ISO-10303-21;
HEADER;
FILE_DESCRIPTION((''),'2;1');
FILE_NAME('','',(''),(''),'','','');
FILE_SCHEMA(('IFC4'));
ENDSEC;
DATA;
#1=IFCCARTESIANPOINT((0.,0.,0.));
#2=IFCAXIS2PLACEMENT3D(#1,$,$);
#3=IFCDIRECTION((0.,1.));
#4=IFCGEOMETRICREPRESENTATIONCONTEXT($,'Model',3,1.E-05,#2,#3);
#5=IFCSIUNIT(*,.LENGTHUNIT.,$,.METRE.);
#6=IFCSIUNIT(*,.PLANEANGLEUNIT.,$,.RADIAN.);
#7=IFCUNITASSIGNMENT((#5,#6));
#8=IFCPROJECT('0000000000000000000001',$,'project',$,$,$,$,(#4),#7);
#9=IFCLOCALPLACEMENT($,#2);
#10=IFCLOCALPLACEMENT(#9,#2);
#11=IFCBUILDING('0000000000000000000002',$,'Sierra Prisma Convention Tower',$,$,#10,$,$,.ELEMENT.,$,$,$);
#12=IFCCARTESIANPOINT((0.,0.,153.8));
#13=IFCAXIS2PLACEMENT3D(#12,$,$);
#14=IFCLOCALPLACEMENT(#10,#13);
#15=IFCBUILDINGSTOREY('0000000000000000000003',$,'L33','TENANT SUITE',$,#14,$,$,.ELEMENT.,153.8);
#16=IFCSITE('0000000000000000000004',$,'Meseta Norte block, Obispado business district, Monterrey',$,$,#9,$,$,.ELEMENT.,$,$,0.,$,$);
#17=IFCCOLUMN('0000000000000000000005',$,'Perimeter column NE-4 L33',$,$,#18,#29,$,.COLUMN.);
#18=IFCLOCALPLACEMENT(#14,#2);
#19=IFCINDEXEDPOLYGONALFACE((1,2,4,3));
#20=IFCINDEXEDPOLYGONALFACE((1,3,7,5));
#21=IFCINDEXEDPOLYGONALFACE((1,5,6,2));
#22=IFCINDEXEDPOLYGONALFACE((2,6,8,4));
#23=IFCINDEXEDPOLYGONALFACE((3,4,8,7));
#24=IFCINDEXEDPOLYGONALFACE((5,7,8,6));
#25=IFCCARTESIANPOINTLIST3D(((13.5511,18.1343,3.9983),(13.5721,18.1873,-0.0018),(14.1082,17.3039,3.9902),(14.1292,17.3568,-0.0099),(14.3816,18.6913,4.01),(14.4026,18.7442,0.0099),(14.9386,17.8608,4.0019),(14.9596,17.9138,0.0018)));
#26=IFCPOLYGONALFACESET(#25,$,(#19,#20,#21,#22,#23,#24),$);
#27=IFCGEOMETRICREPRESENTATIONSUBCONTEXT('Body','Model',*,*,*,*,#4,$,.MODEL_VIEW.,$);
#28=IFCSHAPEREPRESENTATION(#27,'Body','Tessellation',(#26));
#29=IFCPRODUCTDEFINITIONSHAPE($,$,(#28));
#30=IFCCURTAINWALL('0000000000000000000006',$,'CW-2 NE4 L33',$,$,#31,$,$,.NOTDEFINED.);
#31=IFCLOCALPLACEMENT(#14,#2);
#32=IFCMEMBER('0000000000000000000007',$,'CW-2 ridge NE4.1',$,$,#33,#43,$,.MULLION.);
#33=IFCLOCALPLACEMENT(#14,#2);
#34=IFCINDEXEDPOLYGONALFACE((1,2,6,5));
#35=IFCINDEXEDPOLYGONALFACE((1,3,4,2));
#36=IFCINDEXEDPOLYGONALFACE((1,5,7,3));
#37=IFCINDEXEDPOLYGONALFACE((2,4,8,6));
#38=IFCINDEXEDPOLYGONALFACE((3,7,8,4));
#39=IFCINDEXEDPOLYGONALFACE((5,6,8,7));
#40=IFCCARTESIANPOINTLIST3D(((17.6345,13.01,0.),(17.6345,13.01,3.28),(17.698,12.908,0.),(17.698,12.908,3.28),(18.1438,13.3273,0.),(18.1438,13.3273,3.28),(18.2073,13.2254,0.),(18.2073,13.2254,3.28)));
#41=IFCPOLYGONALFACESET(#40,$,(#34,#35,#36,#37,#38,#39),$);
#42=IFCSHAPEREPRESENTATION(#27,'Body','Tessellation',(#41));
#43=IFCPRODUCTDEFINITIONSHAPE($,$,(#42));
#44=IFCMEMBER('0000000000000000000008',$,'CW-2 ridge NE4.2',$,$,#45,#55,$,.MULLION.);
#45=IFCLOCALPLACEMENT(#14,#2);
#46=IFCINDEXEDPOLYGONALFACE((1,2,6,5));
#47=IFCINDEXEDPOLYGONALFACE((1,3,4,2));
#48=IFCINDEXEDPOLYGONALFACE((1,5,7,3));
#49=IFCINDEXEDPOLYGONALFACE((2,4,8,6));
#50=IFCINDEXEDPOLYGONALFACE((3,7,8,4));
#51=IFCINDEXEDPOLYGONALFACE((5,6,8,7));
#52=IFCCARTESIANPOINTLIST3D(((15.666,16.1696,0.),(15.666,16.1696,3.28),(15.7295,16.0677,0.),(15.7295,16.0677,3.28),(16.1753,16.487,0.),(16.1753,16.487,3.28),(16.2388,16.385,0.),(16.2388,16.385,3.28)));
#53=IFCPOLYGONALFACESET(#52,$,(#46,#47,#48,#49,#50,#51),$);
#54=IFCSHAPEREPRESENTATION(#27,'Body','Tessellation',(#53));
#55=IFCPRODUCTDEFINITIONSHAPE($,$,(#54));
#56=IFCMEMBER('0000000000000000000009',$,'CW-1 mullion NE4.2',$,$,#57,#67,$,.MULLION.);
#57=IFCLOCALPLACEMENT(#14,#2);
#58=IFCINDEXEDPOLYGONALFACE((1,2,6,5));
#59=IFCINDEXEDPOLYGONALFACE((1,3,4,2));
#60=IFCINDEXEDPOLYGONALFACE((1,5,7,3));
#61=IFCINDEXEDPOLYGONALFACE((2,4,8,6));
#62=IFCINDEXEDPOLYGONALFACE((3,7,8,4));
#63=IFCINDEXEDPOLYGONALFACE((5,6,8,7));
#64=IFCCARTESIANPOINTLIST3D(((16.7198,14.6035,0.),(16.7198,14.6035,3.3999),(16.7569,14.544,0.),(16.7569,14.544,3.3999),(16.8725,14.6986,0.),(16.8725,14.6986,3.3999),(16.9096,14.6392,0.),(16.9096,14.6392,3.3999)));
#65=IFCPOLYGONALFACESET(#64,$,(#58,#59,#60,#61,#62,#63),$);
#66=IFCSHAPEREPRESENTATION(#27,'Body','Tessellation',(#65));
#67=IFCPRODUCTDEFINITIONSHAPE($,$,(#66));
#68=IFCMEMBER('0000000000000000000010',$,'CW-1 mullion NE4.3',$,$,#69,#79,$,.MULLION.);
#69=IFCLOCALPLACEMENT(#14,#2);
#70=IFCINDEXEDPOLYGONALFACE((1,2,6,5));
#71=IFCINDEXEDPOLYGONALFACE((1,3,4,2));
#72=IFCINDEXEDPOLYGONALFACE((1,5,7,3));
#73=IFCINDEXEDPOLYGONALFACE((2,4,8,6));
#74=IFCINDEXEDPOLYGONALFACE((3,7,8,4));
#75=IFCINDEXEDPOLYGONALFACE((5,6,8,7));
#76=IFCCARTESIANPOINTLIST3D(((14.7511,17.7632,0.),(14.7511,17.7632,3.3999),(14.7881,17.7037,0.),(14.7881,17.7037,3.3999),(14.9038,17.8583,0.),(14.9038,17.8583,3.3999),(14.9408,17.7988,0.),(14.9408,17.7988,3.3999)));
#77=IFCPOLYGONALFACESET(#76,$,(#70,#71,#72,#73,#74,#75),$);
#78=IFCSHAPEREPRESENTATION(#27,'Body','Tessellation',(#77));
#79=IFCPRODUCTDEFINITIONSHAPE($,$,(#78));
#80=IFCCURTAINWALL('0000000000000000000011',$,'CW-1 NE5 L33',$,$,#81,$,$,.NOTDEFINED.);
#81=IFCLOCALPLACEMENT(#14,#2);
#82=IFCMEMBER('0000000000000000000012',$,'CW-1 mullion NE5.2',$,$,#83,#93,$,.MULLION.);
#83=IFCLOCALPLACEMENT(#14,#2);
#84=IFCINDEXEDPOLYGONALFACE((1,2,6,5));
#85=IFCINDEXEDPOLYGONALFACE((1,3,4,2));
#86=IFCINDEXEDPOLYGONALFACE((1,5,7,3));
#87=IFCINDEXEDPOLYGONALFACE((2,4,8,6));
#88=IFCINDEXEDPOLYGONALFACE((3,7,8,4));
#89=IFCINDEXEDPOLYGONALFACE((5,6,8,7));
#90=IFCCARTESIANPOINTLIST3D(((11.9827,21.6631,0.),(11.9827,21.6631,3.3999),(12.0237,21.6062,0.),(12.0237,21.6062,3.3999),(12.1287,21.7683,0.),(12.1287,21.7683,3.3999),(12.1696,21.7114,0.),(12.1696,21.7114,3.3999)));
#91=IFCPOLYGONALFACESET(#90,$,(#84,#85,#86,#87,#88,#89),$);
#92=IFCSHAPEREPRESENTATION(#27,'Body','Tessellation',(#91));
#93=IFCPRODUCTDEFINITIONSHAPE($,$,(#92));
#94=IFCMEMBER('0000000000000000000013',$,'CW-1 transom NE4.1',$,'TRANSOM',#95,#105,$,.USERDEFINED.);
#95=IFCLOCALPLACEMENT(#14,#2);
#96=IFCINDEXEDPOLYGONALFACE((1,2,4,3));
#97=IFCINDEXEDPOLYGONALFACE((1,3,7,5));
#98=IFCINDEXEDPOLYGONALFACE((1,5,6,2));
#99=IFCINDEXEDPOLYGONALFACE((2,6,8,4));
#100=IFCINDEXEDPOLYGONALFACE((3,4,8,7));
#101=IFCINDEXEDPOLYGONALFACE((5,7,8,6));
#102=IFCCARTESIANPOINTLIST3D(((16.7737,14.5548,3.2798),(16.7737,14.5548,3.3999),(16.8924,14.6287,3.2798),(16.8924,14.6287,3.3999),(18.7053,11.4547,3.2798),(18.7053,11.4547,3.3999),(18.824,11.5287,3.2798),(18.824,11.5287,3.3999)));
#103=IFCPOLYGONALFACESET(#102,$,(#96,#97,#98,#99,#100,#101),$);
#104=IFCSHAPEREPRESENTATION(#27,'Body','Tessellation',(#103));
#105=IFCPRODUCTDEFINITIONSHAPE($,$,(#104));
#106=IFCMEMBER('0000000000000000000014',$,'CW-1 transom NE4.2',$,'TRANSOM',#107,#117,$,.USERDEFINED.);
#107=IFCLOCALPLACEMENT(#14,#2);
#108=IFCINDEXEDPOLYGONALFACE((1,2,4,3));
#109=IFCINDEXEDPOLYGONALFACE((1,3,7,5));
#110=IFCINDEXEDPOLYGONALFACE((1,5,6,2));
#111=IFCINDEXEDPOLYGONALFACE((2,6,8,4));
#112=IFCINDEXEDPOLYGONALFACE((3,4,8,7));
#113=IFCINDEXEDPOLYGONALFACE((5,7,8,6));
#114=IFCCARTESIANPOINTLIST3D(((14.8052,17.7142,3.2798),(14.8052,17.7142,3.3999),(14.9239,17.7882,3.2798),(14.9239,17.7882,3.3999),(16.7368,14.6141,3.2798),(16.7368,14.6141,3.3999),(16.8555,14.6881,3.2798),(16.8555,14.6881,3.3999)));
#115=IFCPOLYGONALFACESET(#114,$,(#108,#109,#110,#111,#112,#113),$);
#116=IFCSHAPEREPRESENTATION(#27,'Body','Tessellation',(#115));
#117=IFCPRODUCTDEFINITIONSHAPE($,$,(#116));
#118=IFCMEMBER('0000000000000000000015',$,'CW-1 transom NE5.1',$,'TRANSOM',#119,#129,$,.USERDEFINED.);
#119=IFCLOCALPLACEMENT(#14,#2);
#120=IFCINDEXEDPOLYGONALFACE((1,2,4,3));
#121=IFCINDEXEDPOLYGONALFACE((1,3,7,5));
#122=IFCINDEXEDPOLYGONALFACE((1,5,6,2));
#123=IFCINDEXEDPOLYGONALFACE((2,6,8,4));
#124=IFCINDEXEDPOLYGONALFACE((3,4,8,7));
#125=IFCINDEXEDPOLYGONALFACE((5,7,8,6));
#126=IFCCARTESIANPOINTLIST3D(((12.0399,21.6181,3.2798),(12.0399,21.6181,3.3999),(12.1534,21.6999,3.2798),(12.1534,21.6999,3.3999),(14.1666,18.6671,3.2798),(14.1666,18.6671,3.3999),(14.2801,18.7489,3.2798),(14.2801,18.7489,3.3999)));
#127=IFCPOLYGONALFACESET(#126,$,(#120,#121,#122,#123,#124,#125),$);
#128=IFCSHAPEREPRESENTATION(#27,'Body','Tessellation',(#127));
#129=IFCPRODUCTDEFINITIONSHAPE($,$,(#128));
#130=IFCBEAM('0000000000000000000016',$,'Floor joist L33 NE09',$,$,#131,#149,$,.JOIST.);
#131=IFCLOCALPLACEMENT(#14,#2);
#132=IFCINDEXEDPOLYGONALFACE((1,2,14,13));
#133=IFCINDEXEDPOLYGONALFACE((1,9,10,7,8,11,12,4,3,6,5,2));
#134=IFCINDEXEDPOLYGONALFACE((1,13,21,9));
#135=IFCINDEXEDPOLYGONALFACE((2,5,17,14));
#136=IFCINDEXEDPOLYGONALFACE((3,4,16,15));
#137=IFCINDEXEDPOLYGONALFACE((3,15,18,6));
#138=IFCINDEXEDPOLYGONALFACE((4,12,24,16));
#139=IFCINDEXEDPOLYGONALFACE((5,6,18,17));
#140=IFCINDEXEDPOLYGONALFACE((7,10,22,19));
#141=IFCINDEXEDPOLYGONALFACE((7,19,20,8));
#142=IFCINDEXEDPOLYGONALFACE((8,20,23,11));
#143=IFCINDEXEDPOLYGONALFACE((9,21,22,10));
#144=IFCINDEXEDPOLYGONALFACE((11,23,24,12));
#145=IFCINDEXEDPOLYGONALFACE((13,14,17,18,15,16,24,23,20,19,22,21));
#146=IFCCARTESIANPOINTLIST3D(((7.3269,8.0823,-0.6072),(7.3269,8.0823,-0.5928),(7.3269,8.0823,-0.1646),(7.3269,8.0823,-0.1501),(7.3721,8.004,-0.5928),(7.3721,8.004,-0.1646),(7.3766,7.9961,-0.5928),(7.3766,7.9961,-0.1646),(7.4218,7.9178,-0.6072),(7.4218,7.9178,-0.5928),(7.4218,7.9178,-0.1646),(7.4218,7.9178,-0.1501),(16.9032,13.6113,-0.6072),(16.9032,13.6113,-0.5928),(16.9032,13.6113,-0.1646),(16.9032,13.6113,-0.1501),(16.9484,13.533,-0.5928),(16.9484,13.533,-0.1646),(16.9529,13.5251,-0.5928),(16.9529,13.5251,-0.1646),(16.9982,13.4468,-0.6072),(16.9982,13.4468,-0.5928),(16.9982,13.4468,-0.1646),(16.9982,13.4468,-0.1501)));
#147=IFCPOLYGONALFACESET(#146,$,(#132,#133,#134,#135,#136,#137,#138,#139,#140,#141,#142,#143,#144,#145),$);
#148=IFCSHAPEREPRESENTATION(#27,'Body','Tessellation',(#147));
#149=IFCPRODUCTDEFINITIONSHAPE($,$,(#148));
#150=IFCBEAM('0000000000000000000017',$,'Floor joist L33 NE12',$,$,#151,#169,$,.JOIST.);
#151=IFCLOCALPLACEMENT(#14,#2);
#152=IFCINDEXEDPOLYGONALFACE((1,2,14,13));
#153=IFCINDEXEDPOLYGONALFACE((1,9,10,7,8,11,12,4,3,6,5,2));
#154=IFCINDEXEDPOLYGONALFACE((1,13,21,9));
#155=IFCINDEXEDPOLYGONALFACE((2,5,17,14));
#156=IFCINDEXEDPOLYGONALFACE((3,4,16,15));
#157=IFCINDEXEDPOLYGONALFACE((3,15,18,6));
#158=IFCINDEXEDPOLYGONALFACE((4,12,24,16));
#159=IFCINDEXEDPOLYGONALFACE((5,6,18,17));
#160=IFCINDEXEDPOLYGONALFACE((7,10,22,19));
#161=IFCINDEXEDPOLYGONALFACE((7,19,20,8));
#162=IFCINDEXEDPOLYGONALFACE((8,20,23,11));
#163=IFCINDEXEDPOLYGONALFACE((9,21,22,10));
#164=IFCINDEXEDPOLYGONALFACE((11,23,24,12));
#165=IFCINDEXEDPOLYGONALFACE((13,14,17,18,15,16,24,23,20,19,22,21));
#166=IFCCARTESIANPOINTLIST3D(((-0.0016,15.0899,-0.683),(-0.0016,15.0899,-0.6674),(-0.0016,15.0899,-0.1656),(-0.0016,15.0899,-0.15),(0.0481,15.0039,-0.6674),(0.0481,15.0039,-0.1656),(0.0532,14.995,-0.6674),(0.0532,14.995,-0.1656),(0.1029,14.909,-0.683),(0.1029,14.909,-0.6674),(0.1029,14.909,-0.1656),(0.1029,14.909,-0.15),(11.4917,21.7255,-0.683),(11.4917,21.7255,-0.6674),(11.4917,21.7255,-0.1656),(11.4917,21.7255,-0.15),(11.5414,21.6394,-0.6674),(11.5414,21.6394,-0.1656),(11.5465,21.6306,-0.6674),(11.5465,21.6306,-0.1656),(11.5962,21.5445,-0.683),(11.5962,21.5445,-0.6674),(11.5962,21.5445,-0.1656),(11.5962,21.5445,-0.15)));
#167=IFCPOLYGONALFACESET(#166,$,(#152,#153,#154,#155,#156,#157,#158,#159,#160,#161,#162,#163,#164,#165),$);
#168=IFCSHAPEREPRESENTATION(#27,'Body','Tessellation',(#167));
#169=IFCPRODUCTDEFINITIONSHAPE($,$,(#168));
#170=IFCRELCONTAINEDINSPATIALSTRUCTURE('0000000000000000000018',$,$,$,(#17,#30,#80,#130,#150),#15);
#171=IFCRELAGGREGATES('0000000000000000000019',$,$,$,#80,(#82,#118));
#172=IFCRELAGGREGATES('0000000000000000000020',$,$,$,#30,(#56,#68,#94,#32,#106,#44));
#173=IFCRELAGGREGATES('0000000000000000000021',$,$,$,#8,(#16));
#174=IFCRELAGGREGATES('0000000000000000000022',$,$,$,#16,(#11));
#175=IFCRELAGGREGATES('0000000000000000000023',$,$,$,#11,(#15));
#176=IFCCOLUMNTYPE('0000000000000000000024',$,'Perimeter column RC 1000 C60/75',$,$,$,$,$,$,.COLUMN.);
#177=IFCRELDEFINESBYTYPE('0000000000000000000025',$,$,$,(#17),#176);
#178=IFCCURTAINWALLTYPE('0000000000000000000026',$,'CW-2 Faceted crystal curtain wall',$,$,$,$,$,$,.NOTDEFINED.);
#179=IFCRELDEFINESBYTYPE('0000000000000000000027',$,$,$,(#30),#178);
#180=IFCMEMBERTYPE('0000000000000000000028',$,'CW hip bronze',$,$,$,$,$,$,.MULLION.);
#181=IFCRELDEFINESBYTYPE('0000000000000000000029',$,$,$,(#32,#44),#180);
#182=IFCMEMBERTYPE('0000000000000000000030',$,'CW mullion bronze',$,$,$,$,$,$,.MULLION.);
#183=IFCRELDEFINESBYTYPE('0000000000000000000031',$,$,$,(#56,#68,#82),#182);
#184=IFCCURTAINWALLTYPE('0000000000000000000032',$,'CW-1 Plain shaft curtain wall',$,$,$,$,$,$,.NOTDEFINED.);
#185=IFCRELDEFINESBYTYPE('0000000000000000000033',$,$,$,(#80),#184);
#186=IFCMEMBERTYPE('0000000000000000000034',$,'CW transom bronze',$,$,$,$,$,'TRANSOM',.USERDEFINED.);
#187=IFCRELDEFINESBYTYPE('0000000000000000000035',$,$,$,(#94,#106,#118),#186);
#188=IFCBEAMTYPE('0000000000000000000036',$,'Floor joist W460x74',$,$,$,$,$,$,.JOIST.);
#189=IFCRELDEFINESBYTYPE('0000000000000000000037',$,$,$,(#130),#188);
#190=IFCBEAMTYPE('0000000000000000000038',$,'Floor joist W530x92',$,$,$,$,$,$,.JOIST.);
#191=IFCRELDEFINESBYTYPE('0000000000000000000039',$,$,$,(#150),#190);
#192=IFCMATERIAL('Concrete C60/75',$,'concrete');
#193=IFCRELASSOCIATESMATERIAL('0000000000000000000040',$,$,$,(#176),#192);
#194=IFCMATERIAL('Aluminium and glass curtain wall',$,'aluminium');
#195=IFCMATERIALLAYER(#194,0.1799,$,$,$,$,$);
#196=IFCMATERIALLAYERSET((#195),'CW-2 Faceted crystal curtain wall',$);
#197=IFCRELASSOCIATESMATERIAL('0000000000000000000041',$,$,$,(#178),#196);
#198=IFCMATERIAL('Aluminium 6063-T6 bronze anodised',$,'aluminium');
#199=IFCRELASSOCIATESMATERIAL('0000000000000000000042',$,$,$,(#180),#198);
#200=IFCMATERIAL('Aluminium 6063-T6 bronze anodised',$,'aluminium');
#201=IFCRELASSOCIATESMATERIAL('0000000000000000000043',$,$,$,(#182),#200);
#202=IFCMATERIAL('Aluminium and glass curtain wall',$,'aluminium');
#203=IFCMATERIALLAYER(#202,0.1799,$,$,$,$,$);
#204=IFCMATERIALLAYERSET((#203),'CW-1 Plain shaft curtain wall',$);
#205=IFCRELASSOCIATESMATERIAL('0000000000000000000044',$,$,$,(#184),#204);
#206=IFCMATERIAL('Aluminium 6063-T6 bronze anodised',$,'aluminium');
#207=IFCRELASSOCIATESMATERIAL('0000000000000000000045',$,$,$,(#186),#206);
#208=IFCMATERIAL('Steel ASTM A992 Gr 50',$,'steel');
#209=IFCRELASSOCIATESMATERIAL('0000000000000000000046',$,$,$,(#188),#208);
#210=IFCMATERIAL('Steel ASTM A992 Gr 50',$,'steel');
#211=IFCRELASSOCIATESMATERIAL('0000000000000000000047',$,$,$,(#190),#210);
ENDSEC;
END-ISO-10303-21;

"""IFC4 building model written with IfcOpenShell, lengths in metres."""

from ifc_helpers import new_model, si_unit, direction, frame, origin, origin_2d, place, context, subcontext, project, spatial, rectangle, i_section, extrude, material, layer, layer_set, material_profile, profile_set, type_object, element, aggregate, save


model = new_model("IFC4")

# Units and contexts
model_context = context("Model", 3, precision=1e-05, world=origin(), true_north=direction((0.0, 1.0)))
body_context = subcontext(model_context, "Body", "Model", "MODEL_VIEW")
ifc_project = project(units=[si_unit("LENGTHUNIT", "METRE"), si_unit("PLANEANGLEUNIT", "RADIAN")], contexts=[model_context])

# Site, building, storey
site_placement = place(None, origin())
site = spatial("IfcSite", under=ifc_project, at=site_placement, Name="Meseta Norte block, Obispado business district, Monterrey", CompositionType="ELEMENT", RefElevation=0.0)
building_placement = place(site_placement, origin())
building = spatial("IfcBuilding", under=site, at=building_placement, Name="Sierra Prisma Convention Tower", CompositionType="ELEMENT")
storey_placement = place(building_placement, frame((0.0, 0.0, 153.8)))
storey = spatial("IfcBuildingStorey", under=building, at=storey_placement, Name="L33", Description="TENANT SUITE", CompositionType="ELEMENT", Elevation=153.8)

# Column
ifc_material_1 = material(Name="Concrete C60/75", Category="concrete")
ifc_material_profile_1 = material_profile(ifc_material_1, rectangle(XDim=1.0, YDim=1.0, at=origin_2d()), Name="Perimeter column RC 1000 C60/75")
ifc_profile_set_1 = profile_set([ifc_material_profile_1], Name="Concrete C60/75")
column_type = type_object("IfcColumnType", Name="Perimeter column RC 1000 C60/75", PredefinedType="COLUMN", material=ifc_profile_set_1)
column_placement = place(storey_placement, frame((14.2659, 18.0505, 0.0), z_axis=(-0.005248, -0.013243, 0.999899), x_axis=(-0.557043, 0.830444, 0.008075)))
element("IfcColumn", 1, at=column_placement, inside=storey, type_object=column_type, Name="Perimeter column NE-4 L33", PredefinedType="COLUMN", context=body_context, shape_type="SweptSolid", body=[
    extrude(rectangle(XDim=1.0, YDim=1.0, at=origin_2d()), origin(), (0.0, 0.0, 1.0), 4.0005),
])

# Curtain wall, members
ifc_material_2 = material(Name="Aluminium and glass curtain wall", Category="aluminium")
ifc_layer_1 = layer(ifc_material_2, 0.1799)
ifc_layer_set_1 = layer_set([ifc_layer_1], Name="CW-2 Faceted crystal curtain wall")
curtain_wall_type_1 = type_object("IfcCurtainWallType", Name="CW-2 Faceted crystal curtain wall", PredefinedType="NOTDEFINED", material=ifc_layer_set_1)
curtain_wall_1_placement = place(storey_placement, origin())
curtain_wall_1 = element("IfcCurtainWall", 2, at=curtain_wall_1_placement, inside=storey, type_object=curtain_wall_type_1, Name="CW-2 NE4 L33", PredefinedType="NOTDEFINED")
ifc_material_3 = material(Name="Aluminium 6063-T6 bronze anodised", Category="aluminium")
ifc_material_profile_2 = material_profile(ifc_material_3, rectangle(XDim=0.1201, YDim=0.6001, at=origin_2d()), Name="ALU RIDGE BLADE 120x600")
ifc_profile_set_2 = profile_set([ifc_material_profile_2], Name="Aluminium 6063-T6 bronze anodised")
member_type_1 = type_object("IfcMemberType", Name="CW hip bronze", PredefinedType="MULLION", material=ifc_profile_set_2)
member_1_placement = place(storey_placement, frame((17.9209, 13.1177, 0.0), z_axis=(0.0, 0.0, 1.0), x_axis=(-0.528824, 0.848731, 0.0)))
member_1 = element("IfcMember", 3, at=member_1_placement, type_object=member_type_1, Name="CW-2 ridge NE4.1", PredefinedType="MULLION", context=body_context, shape_type="SweptSolid", body=[
    extrude(rectangle(XDim=0.1201, YDim=0.6001, at=origin_2d()), origin(), (0.0, 0.0, 1.0), 3.28),
])
member_2_placement = place(storey_placement, frame((15.9524, 16.2773, 0.0), z_axis=(0.0, 0.0, 1.0), x_axis=(-0.528824, 0.848731, 0.0)))
member_2 = element("IfcMember", 4, at=member_2_placement, type_object=member_type_1, Name="CW-2 ridge NE4.2", PredefinedType="MULLION", context=body_context, shape_type="SweptSolid", body=[
    extrude(rectangle(XDim=0.1201, YDim=0.6001, at=origin_2d()), origin(), (0.0, 0.0, 1.0), 3.28),
])
ifc_material_4 = material(Name="Aluminium 6063-T6 bronze anodised", Category="aluminium")
ifc_material_profile_3 = material_profile(ifc_material_4, rectangle(XDim=0.1799, YDim=0.0701, at=origin_2d()), Name="ALU MULLION 70x180")
ifc_profile_set_3 = profile_set([ifc_material_profile_3], Name="Aluminium 6063-T6 bronze anodised")
member_type_2 = type_object("IfcMemberType", Name="CW mullion bronze", PredefinedType="MULLION", material=ifc_profile_set_3)
member_3_placement = place(storey_placement, frame((16.8147, 14.6213, 0.0), z_axis=(0.0, 0.0, 1.0), x_axis=(-0.848731, -0.528824, 0.0)))
member_3 = element("IfcMember", 5, at=member_3_placement, type_object=member_type_2, Name="CW-1 mullion NE4.2", PredefinedType="MULLION", context=body_context, shape_type="SweptSolid", body=[
    extrude(rectangle(XDim=0.1799, YDim=0.0701, at=origin_2d()), origin(), (0.0, 0.0, 1.0), 3.3999),
])
member_4_placement = place(storey_placement, frame((14.8459, 17.781, 0.0), z_axis=(0.0, 0.0, 1.0), x_axis=(-0.848731, -0.528824, 0.0)))
member_4 = element("IfcMember", 6, at=member_4_placement, type_object=member_type_2, Name="CW-1 mullion NE4.3", PredefinedType="MULLION", context=body_context, shape_type="SweptSolid", body=[
    extrude(rectangle(XDim=0.1799, YDim=0.0701, at=origin_2d()), origin(), (0.0, 0.0, 1.0), 3.3999),
])

# Curtain wall, member
ifc_material_5 = material(Name="Aluminium and glass curtain wall", Category="aluminium")
ifc_layer_2 = layer(ifc_material_5, 0.1799)
ifc_layer_set_2 = layer_set([ifc_layer_2], Name="CW-1 Plain shaft curtain wall")
curtain_wall_type_2 = type_object("IfcCurtainWallType", Name="CW-1 Plain shaft curtain wall", PredefinedType="NOTDEFINED", material=ifc_layer_set_2)
curtain_wall_2_placement = place(storey_placement, origin())
curtain_wall_2 = element("IfcCurtainWall", 7, at=curtain_wall_2_placement, inside=storey, type_object=curtain_wall_type_2, Name="CW-1 NE5 L33", PredefinedType="NOTDEFINED")
member_5_placement = place(storey_placement, frame((12.0762, 21.6873, 0.0), z_axis=(0.0, 0.0, 1.0), x_axis=(-0.811287, -0.584648, 0.0)))
member_5 = element("IfcMember", 8, at=member_5_placement, type_object=member_type_2, Name="CW-1 mullion NE5.2", PredefinedType="MULLION", context=body_context, shape_type="SweptSolid", body=[
    extrude(rectangle(XDim=0.1799, YDim=0.0701, at=origin_2d()), origin(), (0.0, 0.0, 1.0), 3.3999),
])

# Members
ifc_material_6 = material(Name="Aluminium 6063-T6 bronze anodised", Category="aluminium")
ifc_material_profile_4 = material_profile(ifc_material_6, rectangle(XDim=0.1399, YDim=0.1201, at=origin_2d()), Name="ALU TRANSOM 120x140")
ifc_profile_set_4 = profile_set([ifc_material_profile_4], Name="Aluminium 6063-T6 bronze anodised")
member_type_3 = type_object("IfcMemberType", Name="CW transom bronze", ElementType="TRANSOM", PredefinedType="USERDEFINED", material=ifc_profile_set_4)
member_6_placement = place(storey_placement, frame((18.7646, 11.4917, 3.3398), z_axis=(-0.528833, 0.848726, 0.0), x_axis=(-0.848726, -0.528833, 0.0)))
member_6 = element("IfcMember", 9, at=member_6_placement, type_object=member_type_3, Name="CW-1 transom NE4.1", ObjectType="TRANSOM", PredefinedType="USERDEFINED", context=body_context, shape_type="SweptSolid", body=[
    extrude(rectangle(XDim=0.1399, YDim=0.1201, at=origin_2d()), origin(), (0.0, 0.0, 1.0), 3.6526),
])
member_7_placement = place(storey_placement, frame((16.7961, 14.6511, 3.3398), z_axis=(-0.528833, 0.848726, 0.0), x_axis=(-0.848726, -0.528833, 0.0)))
member_7 = element("IfcMember", 10, at=member_7_placement, type_object=member_type_3, Name="CW-1 transom NE4.2", ObjectType="TRANSOM", PredefinedType="USERDEFINED", context=body_context, shape_type="SweptSolid", body=[
    extrude(rectangle(XDim=0.1399, YDim=0.1201, at=origin_2d()), origin(), (0.0, 0.0, 1.0), 3.6526),
])
member_8_placement = place(storey_placement, frame((14.2234, 18.708, 3.3398), z_axis=(-0.584674, 0.811268, 0.0), x_axis=(-0.811268, -0.584674, 0.0)))
member_8 = element("IfcMember", 11, at=member_8_placement, type_object=member_type_3, Name="CW-1 transom NE5.1", ObjectType="TRANSOM", PredefinedType="USERDEFINED", context=body_context, shape_type="SweptSolid", body=[
    extrude(rectangle(XDim=0.1399, YDim=0.1201, at=origin_2d()), origin(), (0.0, 0.0, 1.0), 3.6375),
])

# Beams
ifc_material_7 = material(Name="Steel ASTM A992 Gr 50", Category="steel")
ifc_material_profile_5 = material_profile(ifc_material_7, i_section(OverallWidth=0.1899, OverallDepth=0.457, WebThickness=0.009, FlangeThickness=0.0144, at=origin_2d()), Name="W460x74")
ifc_profile_set_5 = profile_set([ifc_material_profile_5], Name="Steel ASTM A992 Gr 50")
beam_type_1 = type_object("IfcBeamType", Name="Floor joist W460x74", PredefinedType="JOIST", material=ifc_profile_set_5)
beam_1_placement = place(storey_placement, frame((16.9507, 13.5291, -0.3787), z_axis=(-0.866021, -0.500007, 0.0), x_axis=(0.500007, -0.866021, 0.0)))
element("IfcBeam", 12, at=beam_1_placement, inside=storey, type_object=beam_type_1, Name="Floor joist L33 NE09", PredefinedType="JOIST", context=body_context, shape_type="SweptSolid", body=[
    extrude(i_section(OverallWidth=0.1899, OverallDepth=0.457, WebThickness=0.009, FlangeThickness=0.0144, at=origin_2d()), origin(), (0.0, 0.0, 1.0), 11.0579),
])
ifc_material_8 = material(Name="Steel ASTM A992 Gr 50", Category="steel")
ifc_material_profile_6 = material_profile(ifc_material_8, i_section(OverallWidth=0.209, OverallDepth=0.533, WebThickness=0.0103, FlangeThickness=0.0156, at=origin_2d()), Name="W530x92")
ifc_profile_set_6 = profile_set([ifc_material_profile_6], Name="Steel ASTM A992 Gr 50")
beam_type_2 = type_object("IfcBeamType", Name="Floor joist W530x92", PredefinedType="JOIST", material=ifc_profile_set_6)
beam_2_placement = place(storey_placement, frame((11.5439, 21.635, -0.4165), z_axis=(-0.866028, -0.499995, 0.0), x_axis=(0.499995, -0.866028, 0.0)))
element("IfcBeam", 13, at=beam_2_placement, inside=storey, type_object=beam_type_2, Name="Floor joist L33 NE12", PredefinedType="JOIST", context=body_context, shape_type="SweptSolid", body=[
    extrude(i_section(OverallWidth=0.209, OverallDepth=0.533, WebThickness=0.0103, FlangeThickness=0.0156, at=origin_2d()), origin(), (0.0, 0.0, 1.0), 13.2712),
])

aggregate(curtain_wall_2, [member_5, member_8])
aggregate(curtain_wall_1, [member_3, member_4, member_6, member_1, member_7, member_2])

save(model, "model.ifc")
